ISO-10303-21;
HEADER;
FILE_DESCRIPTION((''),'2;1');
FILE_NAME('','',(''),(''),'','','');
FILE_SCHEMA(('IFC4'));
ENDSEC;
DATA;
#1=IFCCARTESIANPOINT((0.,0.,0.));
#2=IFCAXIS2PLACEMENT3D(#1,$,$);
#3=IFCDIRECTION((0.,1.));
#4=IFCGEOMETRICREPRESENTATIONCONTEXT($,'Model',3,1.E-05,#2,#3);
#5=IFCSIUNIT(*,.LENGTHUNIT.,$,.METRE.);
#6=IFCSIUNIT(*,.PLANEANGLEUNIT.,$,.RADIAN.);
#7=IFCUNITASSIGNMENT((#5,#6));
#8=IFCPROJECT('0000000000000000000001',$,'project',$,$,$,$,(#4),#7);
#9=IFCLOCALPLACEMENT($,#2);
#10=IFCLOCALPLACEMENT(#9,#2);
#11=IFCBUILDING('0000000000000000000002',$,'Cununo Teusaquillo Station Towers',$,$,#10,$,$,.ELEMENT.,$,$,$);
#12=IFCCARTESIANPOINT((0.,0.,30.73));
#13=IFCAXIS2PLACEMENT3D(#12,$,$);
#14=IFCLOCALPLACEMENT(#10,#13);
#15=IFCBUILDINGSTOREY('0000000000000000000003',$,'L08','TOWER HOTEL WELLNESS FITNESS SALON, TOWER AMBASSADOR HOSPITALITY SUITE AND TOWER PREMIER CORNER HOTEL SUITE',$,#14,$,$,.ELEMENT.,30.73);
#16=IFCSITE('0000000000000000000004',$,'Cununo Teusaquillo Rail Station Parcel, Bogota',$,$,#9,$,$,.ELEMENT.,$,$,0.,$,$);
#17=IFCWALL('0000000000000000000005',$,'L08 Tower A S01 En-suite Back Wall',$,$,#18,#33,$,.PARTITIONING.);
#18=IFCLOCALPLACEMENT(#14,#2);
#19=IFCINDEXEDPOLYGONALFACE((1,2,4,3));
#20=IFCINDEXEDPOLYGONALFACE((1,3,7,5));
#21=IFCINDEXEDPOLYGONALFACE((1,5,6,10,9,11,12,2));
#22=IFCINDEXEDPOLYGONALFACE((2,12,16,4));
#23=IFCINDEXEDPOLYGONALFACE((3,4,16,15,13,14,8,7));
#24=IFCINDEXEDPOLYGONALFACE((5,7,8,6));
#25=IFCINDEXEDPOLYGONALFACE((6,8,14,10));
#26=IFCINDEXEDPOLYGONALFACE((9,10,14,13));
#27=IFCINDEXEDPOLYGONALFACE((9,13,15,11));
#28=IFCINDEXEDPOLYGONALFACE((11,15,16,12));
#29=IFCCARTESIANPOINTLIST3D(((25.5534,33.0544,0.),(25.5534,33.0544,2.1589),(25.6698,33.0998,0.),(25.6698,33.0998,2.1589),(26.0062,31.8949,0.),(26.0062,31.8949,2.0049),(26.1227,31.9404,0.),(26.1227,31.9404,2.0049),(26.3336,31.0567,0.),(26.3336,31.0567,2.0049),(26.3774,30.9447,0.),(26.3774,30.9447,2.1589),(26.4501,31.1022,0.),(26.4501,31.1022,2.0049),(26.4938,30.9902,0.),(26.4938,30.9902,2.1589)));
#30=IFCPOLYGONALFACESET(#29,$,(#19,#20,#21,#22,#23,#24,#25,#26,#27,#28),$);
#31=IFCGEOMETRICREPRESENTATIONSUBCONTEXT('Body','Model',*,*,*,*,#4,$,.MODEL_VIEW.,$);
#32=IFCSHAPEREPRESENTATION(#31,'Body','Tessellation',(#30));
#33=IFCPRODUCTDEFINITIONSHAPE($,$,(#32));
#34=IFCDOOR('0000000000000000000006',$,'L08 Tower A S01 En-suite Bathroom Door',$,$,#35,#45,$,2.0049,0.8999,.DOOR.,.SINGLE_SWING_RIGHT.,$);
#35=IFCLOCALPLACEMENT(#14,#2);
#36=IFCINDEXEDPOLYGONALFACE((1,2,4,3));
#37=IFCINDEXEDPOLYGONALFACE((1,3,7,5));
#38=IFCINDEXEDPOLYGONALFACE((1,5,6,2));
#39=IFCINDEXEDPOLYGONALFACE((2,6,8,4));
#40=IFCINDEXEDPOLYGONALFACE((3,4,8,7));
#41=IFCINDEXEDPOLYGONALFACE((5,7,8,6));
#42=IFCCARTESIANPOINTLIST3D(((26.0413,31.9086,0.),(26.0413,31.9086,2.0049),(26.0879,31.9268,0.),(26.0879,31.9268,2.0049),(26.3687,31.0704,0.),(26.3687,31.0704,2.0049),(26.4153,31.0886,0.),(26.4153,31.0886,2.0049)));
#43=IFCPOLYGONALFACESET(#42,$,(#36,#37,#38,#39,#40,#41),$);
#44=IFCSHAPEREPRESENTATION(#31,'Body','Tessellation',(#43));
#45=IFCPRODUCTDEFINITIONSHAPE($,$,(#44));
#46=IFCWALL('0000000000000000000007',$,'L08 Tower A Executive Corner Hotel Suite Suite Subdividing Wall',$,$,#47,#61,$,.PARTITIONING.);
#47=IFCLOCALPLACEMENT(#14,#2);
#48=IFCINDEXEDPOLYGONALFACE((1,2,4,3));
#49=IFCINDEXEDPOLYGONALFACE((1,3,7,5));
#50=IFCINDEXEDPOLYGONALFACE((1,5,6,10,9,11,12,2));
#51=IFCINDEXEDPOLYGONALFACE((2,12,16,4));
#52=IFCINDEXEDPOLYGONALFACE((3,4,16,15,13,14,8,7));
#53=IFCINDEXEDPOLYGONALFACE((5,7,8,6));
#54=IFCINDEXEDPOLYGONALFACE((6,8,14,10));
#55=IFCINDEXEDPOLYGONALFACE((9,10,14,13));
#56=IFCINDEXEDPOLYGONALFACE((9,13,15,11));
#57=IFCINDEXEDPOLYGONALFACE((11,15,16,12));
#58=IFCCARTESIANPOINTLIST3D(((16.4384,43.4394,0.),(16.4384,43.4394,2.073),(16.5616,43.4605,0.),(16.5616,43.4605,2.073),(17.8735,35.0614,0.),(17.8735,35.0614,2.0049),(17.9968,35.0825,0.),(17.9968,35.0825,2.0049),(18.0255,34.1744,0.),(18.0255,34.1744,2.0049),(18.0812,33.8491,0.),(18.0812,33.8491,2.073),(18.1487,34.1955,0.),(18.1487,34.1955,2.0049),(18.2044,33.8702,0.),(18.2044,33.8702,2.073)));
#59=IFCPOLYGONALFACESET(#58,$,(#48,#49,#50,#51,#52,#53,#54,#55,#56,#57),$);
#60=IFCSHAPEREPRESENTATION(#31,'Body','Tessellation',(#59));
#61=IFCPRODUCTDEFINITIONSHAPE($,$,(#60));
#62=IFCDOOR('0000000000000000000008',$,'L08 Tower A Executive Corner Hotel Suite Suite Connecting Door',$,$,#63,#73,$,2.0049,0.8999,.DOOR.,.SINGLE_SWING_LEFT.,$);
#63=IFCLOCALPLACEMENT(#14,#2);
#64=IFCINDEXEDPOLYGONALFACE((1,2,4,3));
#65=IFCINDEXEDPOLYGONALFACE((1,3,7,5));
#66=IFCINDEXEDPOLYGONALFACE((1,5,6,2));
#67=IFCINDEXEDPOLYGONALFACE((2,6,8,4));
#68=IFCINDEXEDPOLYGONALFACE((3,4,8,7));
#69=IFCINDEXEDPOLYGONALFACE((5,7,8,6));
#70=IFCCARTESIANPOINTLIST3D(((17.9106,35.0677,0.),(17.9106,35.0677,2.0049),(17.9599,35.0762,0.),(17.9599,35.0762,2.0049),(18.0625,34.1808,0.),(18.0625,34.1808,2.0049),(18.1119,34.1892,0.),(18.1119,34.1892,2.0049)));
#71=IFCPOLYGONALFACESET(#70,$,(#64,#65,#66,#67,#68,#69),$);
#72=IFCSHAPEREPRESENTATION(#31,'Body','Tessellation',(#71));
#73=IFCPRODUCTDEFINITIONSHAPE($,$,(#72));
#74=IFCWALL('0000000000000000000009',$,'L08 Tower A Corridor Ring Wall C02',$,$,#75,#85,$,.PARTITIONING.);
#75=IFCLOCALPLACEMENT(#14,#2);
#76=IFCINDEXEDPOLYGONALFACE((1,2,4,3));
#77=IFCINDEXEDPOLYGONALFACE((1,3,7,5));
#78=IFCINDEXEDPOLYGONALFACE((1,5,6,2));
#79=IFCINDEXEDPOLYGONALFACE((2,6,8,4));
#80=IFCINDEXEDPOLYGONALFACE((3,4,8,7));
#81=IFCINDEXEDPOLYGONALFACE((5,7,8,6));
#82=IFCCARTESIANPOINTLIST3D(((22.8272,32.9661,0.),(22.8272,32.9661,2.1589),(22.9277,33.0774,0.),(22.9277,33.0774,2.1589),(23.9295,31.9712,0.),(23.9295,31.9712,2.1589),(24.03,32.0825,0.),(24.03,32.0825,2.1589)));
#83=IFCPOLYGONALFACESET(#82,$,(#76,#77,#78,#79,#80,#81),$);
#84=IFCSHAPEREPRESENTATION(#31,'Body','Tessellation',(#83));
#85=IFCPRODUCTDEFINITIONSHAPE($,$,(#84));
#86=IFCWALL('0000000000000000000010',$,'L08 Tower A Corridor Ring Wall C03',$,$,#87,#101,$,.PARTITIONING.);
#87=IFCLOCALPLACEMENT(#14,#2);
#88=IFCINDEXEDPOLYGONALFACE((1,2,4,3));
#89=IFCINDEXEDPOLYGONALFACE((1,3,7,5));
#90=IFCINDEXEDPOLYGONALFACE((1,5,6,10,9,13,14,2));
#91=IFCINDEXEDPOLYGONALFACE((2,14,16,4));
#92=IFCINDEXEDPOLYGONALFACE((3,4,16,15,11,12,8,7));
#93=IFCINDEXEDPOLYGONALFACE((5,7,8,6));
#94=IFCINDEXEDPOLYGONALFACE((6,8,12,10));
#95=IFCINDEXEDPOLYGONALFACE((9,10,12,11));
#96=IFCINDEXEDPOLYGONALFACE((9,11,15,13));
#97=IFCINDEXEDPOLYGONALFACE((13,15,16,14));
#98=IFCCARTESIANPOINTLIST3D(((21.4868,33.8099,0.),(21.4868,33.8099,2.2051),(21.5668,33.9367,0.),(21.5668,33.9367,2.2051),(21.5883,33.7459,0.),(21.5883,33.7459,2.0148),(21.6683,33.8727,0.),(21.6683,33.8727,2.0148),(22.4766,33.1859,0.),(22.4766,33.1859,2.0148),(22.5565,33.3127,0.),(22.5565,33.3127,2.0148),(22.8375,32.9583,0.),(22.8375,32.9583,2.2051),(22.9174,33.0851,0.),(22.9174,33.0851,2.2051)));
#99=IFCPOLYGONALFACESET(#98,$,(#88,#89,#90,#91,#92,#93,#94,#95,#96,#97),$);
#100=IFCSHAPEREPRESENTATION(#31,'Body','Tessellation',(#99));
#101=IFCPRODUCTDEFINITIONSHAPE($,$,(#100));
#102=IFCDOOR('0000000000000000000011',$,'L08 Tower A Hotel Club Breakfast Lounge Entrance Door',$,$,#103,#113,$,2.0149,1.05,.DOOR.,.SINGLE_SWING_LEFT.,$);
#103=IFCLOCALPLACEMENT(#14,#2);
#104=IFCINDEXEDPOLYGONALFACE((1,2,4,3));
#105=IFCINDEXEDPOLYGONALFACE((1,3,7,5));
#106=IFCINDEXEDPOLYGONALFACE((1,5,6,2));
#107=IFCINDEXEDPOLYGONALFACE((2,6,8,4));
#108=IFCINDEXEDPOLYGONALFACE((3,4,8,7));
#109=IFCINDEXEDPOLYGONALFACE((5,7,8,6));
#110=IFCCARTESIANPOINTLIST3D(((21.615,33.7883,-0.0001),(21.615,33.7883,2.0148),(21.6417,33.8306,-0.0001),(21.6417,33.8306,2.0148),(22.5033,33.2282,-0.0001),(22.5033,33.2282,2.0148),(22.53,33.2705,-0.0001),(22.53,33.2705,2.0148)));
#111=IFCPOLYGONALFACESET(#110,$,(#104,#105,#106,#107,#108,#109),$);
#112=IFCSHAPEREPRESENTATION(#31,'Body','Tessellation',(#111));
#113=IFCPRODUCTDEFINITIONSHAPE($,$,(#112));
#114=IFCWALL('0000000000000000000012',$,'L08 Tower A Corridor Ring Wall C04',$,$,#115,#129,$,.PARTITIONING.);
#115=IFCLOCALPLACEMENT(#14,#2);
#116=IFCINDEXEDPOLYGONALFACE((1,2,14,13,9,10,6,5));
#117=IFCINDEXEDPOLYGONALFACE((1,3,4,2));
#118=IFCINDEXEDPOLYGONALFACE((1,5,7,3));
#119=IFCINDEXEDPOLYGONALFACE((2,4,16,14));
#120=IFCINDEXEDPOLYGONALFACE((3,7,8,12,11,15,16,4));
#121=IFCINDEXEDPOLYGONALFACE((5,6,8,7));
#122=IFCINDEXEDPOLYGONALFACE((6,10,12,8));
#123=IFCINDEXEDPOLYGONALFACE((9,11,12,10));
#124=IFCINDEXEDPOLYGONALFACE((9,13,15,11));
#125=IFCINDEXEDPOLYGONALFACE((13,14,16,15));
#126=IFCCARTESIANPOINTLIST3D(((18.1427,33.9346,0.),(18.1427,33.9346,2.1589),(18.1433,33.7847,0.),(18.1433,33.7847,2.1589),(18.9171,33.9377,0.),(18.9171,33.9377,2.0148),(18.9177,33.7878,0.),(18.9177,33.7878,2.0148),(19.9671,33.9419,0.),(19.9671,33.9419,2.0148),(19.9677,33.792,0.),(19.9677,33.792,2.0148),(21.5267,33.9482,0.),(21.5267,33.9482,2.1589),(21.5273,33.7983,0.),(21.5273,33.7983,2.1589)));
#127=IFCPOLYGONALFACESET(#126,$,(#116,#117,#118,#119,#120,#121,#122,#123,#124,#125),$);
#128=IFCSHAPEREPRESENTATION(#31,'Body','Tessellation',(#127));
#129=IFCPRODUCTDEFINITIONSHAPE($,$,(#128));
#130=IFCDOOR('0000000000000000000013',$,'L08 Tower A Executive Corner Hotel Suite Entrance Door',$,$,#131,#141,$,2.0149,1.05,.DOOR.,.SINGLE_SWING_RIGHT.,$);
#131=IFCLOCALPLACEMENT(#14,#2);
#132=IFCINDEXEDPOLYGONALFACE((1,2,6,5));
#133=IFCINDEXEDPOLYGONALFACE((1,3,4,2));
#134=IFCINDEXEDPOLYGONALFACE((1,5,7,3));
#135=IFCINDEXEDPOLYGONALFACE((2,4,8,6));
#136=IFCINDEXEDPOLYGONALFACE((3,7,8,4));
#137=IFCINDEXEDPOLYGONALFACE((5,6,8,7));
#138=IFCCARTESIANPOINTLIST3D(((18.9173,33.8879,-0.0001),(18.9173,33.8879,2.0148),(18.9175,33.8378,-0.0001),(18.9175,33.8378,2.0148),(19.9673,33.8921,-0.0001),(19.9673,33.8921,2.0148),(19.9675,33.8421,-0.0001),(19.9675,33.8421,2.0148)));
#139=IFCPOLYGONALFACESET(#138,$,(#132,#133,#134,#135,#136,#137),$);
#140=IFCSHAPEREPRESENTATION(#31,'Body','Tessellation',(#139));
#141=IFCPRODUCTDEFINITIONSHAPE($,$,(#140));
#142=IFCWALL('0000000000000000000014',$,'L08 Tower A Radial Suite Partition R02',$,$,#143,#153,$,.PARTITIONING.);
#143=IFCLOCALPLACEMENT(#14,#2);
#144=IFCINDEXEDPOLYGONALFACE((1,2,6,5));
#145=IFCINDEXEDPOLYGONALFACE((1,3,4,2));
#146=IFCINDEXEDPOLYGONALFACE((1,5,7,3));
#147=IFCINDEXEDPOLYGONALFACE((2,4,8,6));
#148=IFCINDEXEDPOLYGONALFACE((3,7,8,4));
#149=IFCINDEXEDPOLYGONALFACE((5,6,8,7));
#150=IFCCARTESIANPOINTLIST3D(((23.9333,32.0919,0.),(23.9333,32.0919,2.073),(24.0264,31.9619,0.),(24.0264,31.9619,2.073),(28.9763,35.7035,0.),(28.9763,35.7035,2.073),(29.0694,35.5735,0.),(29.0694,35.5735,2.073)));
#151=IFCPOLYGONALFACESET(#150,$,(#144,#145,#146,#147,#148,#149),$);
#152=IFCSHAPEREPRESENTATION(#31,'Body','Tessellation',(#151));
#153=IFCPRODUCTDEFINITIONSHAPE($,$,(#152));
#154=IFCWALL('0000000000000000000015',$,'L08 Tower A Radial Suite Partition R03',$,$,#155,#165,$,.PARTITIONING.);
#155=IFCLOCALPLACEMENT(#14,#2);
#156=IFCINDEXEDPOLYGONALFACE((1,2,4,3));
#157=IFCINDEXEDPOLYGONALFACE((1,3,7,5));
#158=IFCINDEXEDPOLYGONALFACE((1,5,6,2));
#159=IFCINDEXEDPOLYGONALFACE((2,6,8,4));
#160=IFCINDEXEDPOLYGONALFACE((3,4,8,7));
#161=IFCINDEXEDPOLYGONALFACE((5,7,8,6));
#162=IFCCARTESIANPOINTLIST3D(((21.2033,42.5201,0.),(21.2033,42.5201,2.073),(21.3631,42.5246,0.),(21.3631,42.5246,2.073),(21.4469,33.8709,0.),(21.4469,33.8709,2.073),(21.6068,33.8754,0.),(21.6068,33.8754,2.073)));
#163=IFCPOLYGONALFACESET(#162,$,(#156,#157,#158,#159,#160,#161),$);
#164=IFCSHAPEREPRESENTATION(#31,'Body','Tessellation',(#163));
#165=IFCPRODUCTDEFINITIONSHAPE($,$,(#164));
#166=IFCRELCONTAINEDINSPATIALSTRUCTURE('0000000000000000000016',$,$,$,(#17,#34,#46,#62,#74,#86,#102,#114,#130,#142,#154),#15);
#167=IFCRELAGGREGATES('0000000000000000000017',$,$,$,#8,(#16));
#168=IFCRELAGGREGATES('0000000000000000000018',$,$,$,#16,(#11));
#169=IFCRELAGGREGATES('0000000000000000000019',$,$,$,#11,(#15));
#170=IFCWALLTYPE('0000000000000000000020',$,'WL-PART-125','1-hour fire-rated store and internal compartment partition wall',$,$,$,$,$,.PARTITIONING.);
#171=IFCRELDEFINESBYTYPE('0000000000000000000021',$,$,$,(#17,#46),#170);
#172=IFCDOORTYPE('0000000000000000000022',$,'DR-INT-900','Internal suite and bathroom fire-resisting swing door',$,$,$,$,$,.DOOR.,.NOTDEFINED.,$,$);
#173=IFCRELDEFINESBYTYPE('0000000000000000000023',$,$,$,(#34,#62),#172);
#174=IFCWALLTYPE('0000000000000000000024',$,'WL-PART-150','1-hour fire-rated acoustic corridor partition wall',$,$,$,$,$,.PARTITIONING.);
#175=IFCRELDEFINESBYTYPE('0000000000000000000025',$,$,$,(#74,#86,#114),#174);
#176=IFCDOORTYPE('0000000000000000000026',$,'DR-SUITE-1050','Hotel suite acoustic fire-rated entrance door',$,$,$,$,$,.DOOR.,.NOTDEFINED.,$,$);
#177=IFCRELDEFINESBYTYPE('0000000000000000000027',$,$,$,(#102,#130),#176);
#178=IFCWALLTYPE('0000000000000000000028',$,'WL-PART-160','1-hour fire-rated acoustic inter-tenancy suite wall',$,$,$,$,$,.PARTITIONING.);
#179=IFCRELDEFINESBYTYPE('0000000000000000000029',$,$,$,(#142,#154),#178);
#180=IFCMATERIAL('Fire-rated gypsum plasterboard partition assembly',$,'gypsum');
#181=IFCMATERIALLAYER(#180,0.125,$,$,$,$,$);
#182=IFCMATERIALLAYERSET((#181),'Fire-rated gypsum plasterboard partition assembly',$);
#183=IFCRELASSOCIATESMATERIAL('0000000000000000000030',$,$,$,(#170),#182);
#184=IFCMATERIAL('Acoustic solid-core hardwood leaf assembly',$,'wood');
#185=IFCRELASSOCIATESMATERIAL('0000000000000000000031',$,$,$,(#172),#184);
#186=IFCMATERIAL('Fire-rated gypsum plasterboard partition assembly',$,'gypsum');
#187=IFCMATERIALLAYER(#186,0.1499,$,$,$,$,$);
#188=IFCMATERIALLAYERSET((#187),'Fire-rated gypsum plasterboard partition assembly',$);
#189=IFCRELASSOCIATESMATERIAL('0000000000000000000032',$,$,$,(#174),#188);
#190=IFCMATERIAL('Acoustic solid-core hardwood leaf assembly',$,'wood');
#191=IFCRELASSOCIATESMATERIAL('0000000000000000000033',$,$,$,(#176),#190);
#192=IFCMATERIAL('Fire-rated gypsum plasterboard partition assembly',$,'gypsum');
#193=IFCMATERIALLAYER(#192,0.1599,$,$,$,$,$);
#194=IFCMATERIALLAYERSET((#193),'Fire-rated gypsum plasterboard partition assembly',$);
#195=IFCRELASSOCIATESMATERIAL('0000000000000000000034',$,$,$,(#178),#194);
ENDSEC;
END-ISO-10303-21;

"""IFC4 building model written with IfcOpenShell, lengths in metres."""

from ifc_helpers import new_model, si_unit, direction, frame, frame_2d, origin, place, context, subcontext, project, spatial, rectangle, extrude, source, transform, mapped, material, layer, layer_set, type_object, element, fill, save


model = new_model("IFC4")

# Units and contexts
model_context = context("Model", 3, precision=1e-05, world=origin(), true_north=direction((0.0, 1.0)))
body_context = subcontext(model_context, "Body", "Model", "MODEL_VIEW")
ifc_project = project(units=[si_unit("LENGTHUNIT", "METRE"), si_unit("PLANEANGLEUNIT", "RADIAN")], contexts=[model_context])

# Site, building, storey
site_placement = place(None, origin())
site = spatial("IfcSite", under=ifc_project, at=site_placement, Name="Cununo Teusaquillo Rail Station Parcel, Bogota", CompositionType="ELEMENT", RefElevation=0.0)
building_placement = place(site_placement, origin())
building = spatial("IfcBuilding", under=site, at=building_placement, Name="Cununo Teusaquillo Station Towers", CompositionType="ELEMENT")
storey_placement = place(building_placement, frame((0.0, 0.0, 30.73)))
storey = spatial("IfcBuildingStorey", under=building, at=storey_placement, Name="L08", Description="TOWER HOTEL WELLNESS FITNESS SALON, TOWER AMBASSADOR HOSPITALITY SUITE AND TOWER PREMIER CORNER HOTEL SUITE", CompositionType="ELEMENT", Elevation=30.73)

# Walls, openings, doors
ifc_material_1 = material(Name="Fire-rated gypsum plasterboard partition assembly", Category="gypsum")
ifc_layer_1 = layer(ifc_material_1, 0.125)
ifc_layer_set_1 = layer_set([ifc_layer_1], Name="Fire-rated gypsum plasterboard partition assembly")
wall_type_1 = type_object("IfcWallType", Name="WL-PART-125", Description="1-hour fire-rated store and internal compartment partition wall", PredefinedType="PARTITIONING", material=ifc_layer_set_1)
wall_1_placement = place(storey_placement, frame((26.4355, 30.9675, 0.0), z_axis=(0.0, 0.0, 1.0), x_axis=(-0.363814, 0.931472, 0.0)))
wall_1 = element("IfcWall", 1, at=wall_1_placement, inside=storey, type_object=wall_type_1, Name="L08 Tower A S01 En-suite Back Wall", PredefinedType="PARTITIONING", context=body_context, shape_type="SweptSolid", body=[
    extrude(rectangle(XDim=2.2649, YDim=0.125, at=frame_2d((1.1323, 0.0))), origin(), (0.0, 0.0, 1.0), 2.1589),
])
shared_shape_1 = source(origin(), body_context, "Body", "SweptSolid", [
    extrude(rectangle(XDim=0.8999, YDim=2.0049, at=frame_2d((0.45, 1.0024))), frame((0.0, 0.0725, 0.0), z_axis=(0.0, -1.0, 0.0), x_axis=(1.0, 0.0, 0.0)), (0.0, 0.0, 1.0), 0.145),
])
opening_1_placement = place(wall_1_placement, frame((0.1201, 0.0, 0.0)))
opening_1 = element("IfcOpeningElement", 2, at=opening_1_placement, cuts=wall_1, PredefinedType="OPENING", context=body_context, shape_type="MappedRepresentation", body=[
    mapped(shared_shape_1, transform((0.0, 0.0, 0.0), x_axis=(1.0, 0.0, 0.0), y_axis=(0.0, 1.0, 0.0), z_axis=(0.0, 0.0, 1.0), scale=1.0)),
])
ifc_material_2 = material(Name="Acoustic solid-core hardwood leaf assembly", Category="wood")
door_type_1 = type_object("IfcDoorType", Name="DR-INT-900", Description="Internal suite and bathroom fire-resisting swing door", OperationType="NOTDEFINED", PredefinedType="DOOR", material=ifc_material_2)
shared_shape_2 = source(origin(), body_context, "Body", "SweptSolid", [
    extrude(rectangle(XDim=0.8999, YDim=2.0049, at=frame_2d((0.45, 1.0024))), frame((0.0, 0.0249, 0.0), z_axis=(0.0, -1.0, 0.0), x_axis=(1.0, 0.0, 0.0)), (0.0, 0.0, 1.0), 0.05),
])
door_1_placement = place(opening_1_placement, origin())
door_1 = element("IfcDoor", 3, at=door_1_placement, inside=storey, type_object=door_type_1, Name="L08 Tower A S01 En-suite Bathroom Door", OperationType="SINGLE_SWING_RIGHT", OverallHeight=2.0049, OverallWidth=0.8999, PredefinedType="DOOR", context=body_context, shape_type="MappedRepresentation", body=[
    mapped(shared_shape_2, transform((0.0, 0.0, 0.0), x_axis=(1.0, 0.0, 0.0), y_axis=(0.0, 1.0, 0.0), z_axis=(0.0, 0.0, 1.0), scale=1.0)),
])
fill(opening_1, door_1)
wall_2_placement = place(storey_placement, frame((18.1428, 33.8596, 0.0), z_axis=(0.0, 0.0, 1.0), x_axis=(-0.168841, 0.985643, 0.0)))
wall_2 = element("IfcWall", 4, at=wall_2_placement, inside=storey, type_object=wall_type_1, Name="L08 Tower A Executive Corner Hotel Suite Suite Subdividing Wall", PredefinedType="PARTITIONING", context=body_context, shape_type="SweptSolid", body=[
    extrude(rectangle(XDim=9.73, YDim=0.125, at=frame_2d((4.865, 0.0))), origin(), (0.0, 0.0, 1.0), 2.073),
])
opening_2_placement = place(wall_2_placement, frame((0.3301, 0.0, 0.0)))
opening_2 = element("IfcOpeningElement", 5, at=opening_2_placement, cuts=wall_2, PredefinedType="OPENING", context=body_context, shape_type="MappedRepresentation", body=[
    mapped(shared_shape_1, transform((0.0, 0.0, 0.0), x_axis=(1.0, 0.0, 0.0), y_axis=(0.0, 1.0, 0.0), z_axis=(0.0, 0.0, 1.0), scale=1.0)),
])
door_2_placement = place(opening_2_placement, origin())
door_2 = element("IfcDoor", 6, at=door_2_placement, inside=storey, type_object=door_type_1, Name="L08 Tower A Executive Corner Hotel Suite Suite Connecting Door", OperationType="SINGLE_SWING_LEFT", OverallHeight=2.0049, OverallWidth=0.8999, PredefinedType="DOOR", context=body_context, shape_type="MappedRepresentation", body=[
    mapped(shared_shape_2, transform((0.0, 0.0, 0.0), x_axis=(1.0, 0.0, 0.0), y_axis=(0.0, 1.0, 0.0), z_axis=(0.0, 0.0, 1.0), scale=1.0)),
])
fill(opening_2, door_2)

# Wall
ifc_material_3 = material(Name="Fire-rated gypsum plasterboard partition assembly", Category="gypsum")
ifc_layer_2 = layer(ifc_material_3, 0.1499)
ifc_layer_set_2 = layer_set([ifc_layer_2], Name="Fire-rated gypsum plasterboard partition assembly")
wall_type_2 = type_object("IfcWallType", Name="WL-PART-150", Description="1-hour fire-rated acoustic corridor partition wall", PredefinedType="PARTITIONING", material=ifc_layer_set_2)
wall_3_placement = place(storey_placement, frame((23.9797, 32.0269, 0.0), z_axis=(0.0, 0.0, 1.0), x_axis=(-0.742353, 0.670009, 0.0)))
element("IfcWall", 7, at=wall_3_placement, inside=storey, type_object=wall_type_2, Name="L08 Tower A Corridor Ring Wall C02", PredefinedType="PARTITIONING", context=body_context, shape_type="SweptSolid", body=[
    extrude(rectangle(XDim=1.4849, YDim=0.1499, at=frame_2d((0.7424, 0.0))), origin(), (0.0, 0.0, 1.0), 2.1589),
])

# Walls, openings, doors
wall_4_placement = place(storey_placement, frame((22.8774, 33.0217, 0.0), z_axis=(0.0, 0.0, 1.0), x_axis=(-0.845896, 0.533348, 0.0)))
wall_4 = element("IfcWall", 8, at=wall_4_placement, inside=storey, type_object=wall_type_2, Name="L08 Tower A Corridor Ring Wall C03", PredefinedType="PARTITIONING", context=body_context, shape_type="SweptSolid", body=[
    extrude(rectangle(XDim=1.5967, YDim=0.1499, at=frame_2d((0.7983, 0.0))), origin(), (0.0, 0.0, 1.0), 2.2051),
])
shared_shape_3 = source(origin(), body_context, "Body", "SweptSolid", [
    extrude(rectangle(XDim=1.05, YDim=2.0149, at=frame_2d((0.5249, 1.0073))), frame((0.0, 0.085, 0.0), z_axis=(0.0, -1.0, 0.0), x_axis=(1.0, 0.0, 0.0)), (0.0, 0.0, 1.0), 0.1699),
])
opening_3_placement = place(wall_4_placement, frame((0.4268, 0.0, 0.0)))
opening_3 = element("IfcOpeningElement", 9, at=opening_3_placement, cuts=wall_4, PredefinedType="OPENING", context=body_context, shape_type="MappedRepresentation", body=[
    mapped(shared_shape_3, transform((0.0, 0.0, 0.0), x_axis=(1.0, 0.0, 0.0), y_axis=(0.0, 1.0, 0.0), z_axis=(0.0, 0.0, 1.0), scale=1.0)),
])
ifc_material_4 = material(Name="Acoustic solid-core hardwood leaf assembly", Category="wood")
door_type_2 = type_object("IfcDoorType", Name="DR-SUITE-1050", Description="Hotel suite acoustic fire-rated entrance door", OperationType="NOTDEFINED", PredefinedType="DOOR", material=ifc_material_4)
shared_shape_4 = source(origin(), body_context, "Body", "SweptSolid", [
    extrude(rectangle(XDim=1.05, YDim=2.0149, at=frame_2d((0.5249, 1.0073))), frame((0.0, 0.0249, 0.0), z_axis=(0.0, -1.0, 0.0), x_axis=(1.0, 0.0, 0.0)), (0.0, 0.0, 1.0), 0.05),
])
door_3_placement = place(opening_3_placement, origin())
door_3 = element("IfcDoor", 10, at=door_3_placement, inside=storey, type_object=door_type_2, Name="L08 Tower A Hotel Club Breakfast Lounge Entrance Door", OperationType="SINGLE_SWING_LEFT", OverallHeight=2.0149, OverallWidth=1.05, PredefinedType="DOOR", context=body_context, shape_type="MappedRepresentation", body=[
    mapped(shared_shape_4, transform((0.0, 0.0, 0.0), x_axis=(1.0, 0.0, 0.0), y_axis=(0.0, 1.0, 0.0), z_axis=(0.0, 0.0, 1.0), scale=1.0)),
])
fill(opening_3, door_3)
wall_5_placement = place(storey_placement, frame((21.5269, 33.8733, 0.0), z_axis=(0.0, 0.0, 1.0), x_axis=(-0.999992, -0.00404, 0.0)))
wall_5 = element("IfcWall", 11, at=wall_5_placement, inside=storey, type_object=wall_type_2, Name="L08 Tower A Corridor Ring Wall C04", PredefinedType="PARTITIONING", context=body_context, shape_type="SweptSolid", body=[
    extrude(rectangle(XDim=3.384, YDim=0.1499, at=frame_2d((1.6919, 0.0))), origin(), (0.0, 0.0, 1.0), 2.1589),
])
opening_4_placement = place(wall_5_placement, frame((1.5596, 0.0, 0.0)))
opening_4 = element("IfcOpeningElement", 12, at=opening_4_placement, cuts=wall_5, PredefinedType="OPENING", context=body_context, shape_type="MappedRepresentation", body=[
    mapped(shared_shape_3, transform((0.0, 0.0, 0.0), x_axis=(1.0, 0.0, 0.0), y_axis=(0.0, 1.0, 0.0), z_axis=(0.0, 0.0, 1.0), scale=1.0)),
])
door_4_placement = place(opening_4_placement, origin())
door_4 = element("IfcDoor", 13, at=door_4_placement, inside=storey, type_object=door_type_2, Name="L08 Tower A Executive Corner Hotel Suite Entrance Door", OperationType="SINGLE_SWING_RIGHT", OverallHeight=2.0149, OverallWidth=1.05, PredefinedType="DOOR", context=body_context, shape_type="MappedRepresentation", body=[
    mapped(shared_shape_4, transform((0.0, 0.0, 0.0), x_axis=(1.0, 0.0, 0.0), y_axis=(0.0, 1.0, 0.0), z_axis=(0.0, 0.0, 1.0), scale=1.0)),
])
fill(opening_4, door_4)

# Walls
ifc_material_5 = material(Name="Fire-rated gypsum plasterboard partition assembly", Category="gypsum")
ifc_layer_3 = layer(ifc_material_5, 0.1599)
ifc_layer_set_3 = layer_set([ifc_layer_3], Name="Fire-rated gypsum plasterboard partition assembly")
wall_type_3 = type_object("IfcWallType", Name="WL-PART-160", Description="1-hour fire-rated acoustic inter-tenancy suite wall", PredefinedType="PARTITIONING", material=ifc_layer_set_3)
wall_6_placement = place(storey_placement, frame((23.9797, 32.0269, 0.0), z_axis=(0.0, 0.0, 1.0), x_axis=(0.813012, 0.582247, 0.0)))
element("IfcWall", 14, at=wall_6_placement, inside=storey, type_object=wall_type_3, Name="L08 Tower A Radial Suite Partition R02", PredefinedType="PARTITIONING", context=body_context, shape_type="SweptSolid", body=[
    extrude(rectangle(XDim=6.2029, YDim=0.1599, at=frame_2d((3.1016, 0.0))), origin(), (0.0, 0.0, 1.0), 2.073),
])
wall_7_placement = place(storey_placement, frame((21.5269, 33.8733, 0.0), z_axis=(0.0, 0.0, 1.0), x_axis=(-0.028159, 0.999603, 0.0)))
element("IfcWall", 15, at=wall_7_placement, inside=storey, type_object=wall_type_3, Name="L08 Tower A Radial Suite Partition R03", PredefinedType="PARTITIONING", context=body_context, shape_type="SweptSolid", body=[
    extrude(rectangle(XDim=8.6526, YDim=0.1599, at=frame_2d((4.3262, 0.0))), origin(), (0.0, 0.0, 1.0), 2.073),
])

save(model, "model.ifc")
